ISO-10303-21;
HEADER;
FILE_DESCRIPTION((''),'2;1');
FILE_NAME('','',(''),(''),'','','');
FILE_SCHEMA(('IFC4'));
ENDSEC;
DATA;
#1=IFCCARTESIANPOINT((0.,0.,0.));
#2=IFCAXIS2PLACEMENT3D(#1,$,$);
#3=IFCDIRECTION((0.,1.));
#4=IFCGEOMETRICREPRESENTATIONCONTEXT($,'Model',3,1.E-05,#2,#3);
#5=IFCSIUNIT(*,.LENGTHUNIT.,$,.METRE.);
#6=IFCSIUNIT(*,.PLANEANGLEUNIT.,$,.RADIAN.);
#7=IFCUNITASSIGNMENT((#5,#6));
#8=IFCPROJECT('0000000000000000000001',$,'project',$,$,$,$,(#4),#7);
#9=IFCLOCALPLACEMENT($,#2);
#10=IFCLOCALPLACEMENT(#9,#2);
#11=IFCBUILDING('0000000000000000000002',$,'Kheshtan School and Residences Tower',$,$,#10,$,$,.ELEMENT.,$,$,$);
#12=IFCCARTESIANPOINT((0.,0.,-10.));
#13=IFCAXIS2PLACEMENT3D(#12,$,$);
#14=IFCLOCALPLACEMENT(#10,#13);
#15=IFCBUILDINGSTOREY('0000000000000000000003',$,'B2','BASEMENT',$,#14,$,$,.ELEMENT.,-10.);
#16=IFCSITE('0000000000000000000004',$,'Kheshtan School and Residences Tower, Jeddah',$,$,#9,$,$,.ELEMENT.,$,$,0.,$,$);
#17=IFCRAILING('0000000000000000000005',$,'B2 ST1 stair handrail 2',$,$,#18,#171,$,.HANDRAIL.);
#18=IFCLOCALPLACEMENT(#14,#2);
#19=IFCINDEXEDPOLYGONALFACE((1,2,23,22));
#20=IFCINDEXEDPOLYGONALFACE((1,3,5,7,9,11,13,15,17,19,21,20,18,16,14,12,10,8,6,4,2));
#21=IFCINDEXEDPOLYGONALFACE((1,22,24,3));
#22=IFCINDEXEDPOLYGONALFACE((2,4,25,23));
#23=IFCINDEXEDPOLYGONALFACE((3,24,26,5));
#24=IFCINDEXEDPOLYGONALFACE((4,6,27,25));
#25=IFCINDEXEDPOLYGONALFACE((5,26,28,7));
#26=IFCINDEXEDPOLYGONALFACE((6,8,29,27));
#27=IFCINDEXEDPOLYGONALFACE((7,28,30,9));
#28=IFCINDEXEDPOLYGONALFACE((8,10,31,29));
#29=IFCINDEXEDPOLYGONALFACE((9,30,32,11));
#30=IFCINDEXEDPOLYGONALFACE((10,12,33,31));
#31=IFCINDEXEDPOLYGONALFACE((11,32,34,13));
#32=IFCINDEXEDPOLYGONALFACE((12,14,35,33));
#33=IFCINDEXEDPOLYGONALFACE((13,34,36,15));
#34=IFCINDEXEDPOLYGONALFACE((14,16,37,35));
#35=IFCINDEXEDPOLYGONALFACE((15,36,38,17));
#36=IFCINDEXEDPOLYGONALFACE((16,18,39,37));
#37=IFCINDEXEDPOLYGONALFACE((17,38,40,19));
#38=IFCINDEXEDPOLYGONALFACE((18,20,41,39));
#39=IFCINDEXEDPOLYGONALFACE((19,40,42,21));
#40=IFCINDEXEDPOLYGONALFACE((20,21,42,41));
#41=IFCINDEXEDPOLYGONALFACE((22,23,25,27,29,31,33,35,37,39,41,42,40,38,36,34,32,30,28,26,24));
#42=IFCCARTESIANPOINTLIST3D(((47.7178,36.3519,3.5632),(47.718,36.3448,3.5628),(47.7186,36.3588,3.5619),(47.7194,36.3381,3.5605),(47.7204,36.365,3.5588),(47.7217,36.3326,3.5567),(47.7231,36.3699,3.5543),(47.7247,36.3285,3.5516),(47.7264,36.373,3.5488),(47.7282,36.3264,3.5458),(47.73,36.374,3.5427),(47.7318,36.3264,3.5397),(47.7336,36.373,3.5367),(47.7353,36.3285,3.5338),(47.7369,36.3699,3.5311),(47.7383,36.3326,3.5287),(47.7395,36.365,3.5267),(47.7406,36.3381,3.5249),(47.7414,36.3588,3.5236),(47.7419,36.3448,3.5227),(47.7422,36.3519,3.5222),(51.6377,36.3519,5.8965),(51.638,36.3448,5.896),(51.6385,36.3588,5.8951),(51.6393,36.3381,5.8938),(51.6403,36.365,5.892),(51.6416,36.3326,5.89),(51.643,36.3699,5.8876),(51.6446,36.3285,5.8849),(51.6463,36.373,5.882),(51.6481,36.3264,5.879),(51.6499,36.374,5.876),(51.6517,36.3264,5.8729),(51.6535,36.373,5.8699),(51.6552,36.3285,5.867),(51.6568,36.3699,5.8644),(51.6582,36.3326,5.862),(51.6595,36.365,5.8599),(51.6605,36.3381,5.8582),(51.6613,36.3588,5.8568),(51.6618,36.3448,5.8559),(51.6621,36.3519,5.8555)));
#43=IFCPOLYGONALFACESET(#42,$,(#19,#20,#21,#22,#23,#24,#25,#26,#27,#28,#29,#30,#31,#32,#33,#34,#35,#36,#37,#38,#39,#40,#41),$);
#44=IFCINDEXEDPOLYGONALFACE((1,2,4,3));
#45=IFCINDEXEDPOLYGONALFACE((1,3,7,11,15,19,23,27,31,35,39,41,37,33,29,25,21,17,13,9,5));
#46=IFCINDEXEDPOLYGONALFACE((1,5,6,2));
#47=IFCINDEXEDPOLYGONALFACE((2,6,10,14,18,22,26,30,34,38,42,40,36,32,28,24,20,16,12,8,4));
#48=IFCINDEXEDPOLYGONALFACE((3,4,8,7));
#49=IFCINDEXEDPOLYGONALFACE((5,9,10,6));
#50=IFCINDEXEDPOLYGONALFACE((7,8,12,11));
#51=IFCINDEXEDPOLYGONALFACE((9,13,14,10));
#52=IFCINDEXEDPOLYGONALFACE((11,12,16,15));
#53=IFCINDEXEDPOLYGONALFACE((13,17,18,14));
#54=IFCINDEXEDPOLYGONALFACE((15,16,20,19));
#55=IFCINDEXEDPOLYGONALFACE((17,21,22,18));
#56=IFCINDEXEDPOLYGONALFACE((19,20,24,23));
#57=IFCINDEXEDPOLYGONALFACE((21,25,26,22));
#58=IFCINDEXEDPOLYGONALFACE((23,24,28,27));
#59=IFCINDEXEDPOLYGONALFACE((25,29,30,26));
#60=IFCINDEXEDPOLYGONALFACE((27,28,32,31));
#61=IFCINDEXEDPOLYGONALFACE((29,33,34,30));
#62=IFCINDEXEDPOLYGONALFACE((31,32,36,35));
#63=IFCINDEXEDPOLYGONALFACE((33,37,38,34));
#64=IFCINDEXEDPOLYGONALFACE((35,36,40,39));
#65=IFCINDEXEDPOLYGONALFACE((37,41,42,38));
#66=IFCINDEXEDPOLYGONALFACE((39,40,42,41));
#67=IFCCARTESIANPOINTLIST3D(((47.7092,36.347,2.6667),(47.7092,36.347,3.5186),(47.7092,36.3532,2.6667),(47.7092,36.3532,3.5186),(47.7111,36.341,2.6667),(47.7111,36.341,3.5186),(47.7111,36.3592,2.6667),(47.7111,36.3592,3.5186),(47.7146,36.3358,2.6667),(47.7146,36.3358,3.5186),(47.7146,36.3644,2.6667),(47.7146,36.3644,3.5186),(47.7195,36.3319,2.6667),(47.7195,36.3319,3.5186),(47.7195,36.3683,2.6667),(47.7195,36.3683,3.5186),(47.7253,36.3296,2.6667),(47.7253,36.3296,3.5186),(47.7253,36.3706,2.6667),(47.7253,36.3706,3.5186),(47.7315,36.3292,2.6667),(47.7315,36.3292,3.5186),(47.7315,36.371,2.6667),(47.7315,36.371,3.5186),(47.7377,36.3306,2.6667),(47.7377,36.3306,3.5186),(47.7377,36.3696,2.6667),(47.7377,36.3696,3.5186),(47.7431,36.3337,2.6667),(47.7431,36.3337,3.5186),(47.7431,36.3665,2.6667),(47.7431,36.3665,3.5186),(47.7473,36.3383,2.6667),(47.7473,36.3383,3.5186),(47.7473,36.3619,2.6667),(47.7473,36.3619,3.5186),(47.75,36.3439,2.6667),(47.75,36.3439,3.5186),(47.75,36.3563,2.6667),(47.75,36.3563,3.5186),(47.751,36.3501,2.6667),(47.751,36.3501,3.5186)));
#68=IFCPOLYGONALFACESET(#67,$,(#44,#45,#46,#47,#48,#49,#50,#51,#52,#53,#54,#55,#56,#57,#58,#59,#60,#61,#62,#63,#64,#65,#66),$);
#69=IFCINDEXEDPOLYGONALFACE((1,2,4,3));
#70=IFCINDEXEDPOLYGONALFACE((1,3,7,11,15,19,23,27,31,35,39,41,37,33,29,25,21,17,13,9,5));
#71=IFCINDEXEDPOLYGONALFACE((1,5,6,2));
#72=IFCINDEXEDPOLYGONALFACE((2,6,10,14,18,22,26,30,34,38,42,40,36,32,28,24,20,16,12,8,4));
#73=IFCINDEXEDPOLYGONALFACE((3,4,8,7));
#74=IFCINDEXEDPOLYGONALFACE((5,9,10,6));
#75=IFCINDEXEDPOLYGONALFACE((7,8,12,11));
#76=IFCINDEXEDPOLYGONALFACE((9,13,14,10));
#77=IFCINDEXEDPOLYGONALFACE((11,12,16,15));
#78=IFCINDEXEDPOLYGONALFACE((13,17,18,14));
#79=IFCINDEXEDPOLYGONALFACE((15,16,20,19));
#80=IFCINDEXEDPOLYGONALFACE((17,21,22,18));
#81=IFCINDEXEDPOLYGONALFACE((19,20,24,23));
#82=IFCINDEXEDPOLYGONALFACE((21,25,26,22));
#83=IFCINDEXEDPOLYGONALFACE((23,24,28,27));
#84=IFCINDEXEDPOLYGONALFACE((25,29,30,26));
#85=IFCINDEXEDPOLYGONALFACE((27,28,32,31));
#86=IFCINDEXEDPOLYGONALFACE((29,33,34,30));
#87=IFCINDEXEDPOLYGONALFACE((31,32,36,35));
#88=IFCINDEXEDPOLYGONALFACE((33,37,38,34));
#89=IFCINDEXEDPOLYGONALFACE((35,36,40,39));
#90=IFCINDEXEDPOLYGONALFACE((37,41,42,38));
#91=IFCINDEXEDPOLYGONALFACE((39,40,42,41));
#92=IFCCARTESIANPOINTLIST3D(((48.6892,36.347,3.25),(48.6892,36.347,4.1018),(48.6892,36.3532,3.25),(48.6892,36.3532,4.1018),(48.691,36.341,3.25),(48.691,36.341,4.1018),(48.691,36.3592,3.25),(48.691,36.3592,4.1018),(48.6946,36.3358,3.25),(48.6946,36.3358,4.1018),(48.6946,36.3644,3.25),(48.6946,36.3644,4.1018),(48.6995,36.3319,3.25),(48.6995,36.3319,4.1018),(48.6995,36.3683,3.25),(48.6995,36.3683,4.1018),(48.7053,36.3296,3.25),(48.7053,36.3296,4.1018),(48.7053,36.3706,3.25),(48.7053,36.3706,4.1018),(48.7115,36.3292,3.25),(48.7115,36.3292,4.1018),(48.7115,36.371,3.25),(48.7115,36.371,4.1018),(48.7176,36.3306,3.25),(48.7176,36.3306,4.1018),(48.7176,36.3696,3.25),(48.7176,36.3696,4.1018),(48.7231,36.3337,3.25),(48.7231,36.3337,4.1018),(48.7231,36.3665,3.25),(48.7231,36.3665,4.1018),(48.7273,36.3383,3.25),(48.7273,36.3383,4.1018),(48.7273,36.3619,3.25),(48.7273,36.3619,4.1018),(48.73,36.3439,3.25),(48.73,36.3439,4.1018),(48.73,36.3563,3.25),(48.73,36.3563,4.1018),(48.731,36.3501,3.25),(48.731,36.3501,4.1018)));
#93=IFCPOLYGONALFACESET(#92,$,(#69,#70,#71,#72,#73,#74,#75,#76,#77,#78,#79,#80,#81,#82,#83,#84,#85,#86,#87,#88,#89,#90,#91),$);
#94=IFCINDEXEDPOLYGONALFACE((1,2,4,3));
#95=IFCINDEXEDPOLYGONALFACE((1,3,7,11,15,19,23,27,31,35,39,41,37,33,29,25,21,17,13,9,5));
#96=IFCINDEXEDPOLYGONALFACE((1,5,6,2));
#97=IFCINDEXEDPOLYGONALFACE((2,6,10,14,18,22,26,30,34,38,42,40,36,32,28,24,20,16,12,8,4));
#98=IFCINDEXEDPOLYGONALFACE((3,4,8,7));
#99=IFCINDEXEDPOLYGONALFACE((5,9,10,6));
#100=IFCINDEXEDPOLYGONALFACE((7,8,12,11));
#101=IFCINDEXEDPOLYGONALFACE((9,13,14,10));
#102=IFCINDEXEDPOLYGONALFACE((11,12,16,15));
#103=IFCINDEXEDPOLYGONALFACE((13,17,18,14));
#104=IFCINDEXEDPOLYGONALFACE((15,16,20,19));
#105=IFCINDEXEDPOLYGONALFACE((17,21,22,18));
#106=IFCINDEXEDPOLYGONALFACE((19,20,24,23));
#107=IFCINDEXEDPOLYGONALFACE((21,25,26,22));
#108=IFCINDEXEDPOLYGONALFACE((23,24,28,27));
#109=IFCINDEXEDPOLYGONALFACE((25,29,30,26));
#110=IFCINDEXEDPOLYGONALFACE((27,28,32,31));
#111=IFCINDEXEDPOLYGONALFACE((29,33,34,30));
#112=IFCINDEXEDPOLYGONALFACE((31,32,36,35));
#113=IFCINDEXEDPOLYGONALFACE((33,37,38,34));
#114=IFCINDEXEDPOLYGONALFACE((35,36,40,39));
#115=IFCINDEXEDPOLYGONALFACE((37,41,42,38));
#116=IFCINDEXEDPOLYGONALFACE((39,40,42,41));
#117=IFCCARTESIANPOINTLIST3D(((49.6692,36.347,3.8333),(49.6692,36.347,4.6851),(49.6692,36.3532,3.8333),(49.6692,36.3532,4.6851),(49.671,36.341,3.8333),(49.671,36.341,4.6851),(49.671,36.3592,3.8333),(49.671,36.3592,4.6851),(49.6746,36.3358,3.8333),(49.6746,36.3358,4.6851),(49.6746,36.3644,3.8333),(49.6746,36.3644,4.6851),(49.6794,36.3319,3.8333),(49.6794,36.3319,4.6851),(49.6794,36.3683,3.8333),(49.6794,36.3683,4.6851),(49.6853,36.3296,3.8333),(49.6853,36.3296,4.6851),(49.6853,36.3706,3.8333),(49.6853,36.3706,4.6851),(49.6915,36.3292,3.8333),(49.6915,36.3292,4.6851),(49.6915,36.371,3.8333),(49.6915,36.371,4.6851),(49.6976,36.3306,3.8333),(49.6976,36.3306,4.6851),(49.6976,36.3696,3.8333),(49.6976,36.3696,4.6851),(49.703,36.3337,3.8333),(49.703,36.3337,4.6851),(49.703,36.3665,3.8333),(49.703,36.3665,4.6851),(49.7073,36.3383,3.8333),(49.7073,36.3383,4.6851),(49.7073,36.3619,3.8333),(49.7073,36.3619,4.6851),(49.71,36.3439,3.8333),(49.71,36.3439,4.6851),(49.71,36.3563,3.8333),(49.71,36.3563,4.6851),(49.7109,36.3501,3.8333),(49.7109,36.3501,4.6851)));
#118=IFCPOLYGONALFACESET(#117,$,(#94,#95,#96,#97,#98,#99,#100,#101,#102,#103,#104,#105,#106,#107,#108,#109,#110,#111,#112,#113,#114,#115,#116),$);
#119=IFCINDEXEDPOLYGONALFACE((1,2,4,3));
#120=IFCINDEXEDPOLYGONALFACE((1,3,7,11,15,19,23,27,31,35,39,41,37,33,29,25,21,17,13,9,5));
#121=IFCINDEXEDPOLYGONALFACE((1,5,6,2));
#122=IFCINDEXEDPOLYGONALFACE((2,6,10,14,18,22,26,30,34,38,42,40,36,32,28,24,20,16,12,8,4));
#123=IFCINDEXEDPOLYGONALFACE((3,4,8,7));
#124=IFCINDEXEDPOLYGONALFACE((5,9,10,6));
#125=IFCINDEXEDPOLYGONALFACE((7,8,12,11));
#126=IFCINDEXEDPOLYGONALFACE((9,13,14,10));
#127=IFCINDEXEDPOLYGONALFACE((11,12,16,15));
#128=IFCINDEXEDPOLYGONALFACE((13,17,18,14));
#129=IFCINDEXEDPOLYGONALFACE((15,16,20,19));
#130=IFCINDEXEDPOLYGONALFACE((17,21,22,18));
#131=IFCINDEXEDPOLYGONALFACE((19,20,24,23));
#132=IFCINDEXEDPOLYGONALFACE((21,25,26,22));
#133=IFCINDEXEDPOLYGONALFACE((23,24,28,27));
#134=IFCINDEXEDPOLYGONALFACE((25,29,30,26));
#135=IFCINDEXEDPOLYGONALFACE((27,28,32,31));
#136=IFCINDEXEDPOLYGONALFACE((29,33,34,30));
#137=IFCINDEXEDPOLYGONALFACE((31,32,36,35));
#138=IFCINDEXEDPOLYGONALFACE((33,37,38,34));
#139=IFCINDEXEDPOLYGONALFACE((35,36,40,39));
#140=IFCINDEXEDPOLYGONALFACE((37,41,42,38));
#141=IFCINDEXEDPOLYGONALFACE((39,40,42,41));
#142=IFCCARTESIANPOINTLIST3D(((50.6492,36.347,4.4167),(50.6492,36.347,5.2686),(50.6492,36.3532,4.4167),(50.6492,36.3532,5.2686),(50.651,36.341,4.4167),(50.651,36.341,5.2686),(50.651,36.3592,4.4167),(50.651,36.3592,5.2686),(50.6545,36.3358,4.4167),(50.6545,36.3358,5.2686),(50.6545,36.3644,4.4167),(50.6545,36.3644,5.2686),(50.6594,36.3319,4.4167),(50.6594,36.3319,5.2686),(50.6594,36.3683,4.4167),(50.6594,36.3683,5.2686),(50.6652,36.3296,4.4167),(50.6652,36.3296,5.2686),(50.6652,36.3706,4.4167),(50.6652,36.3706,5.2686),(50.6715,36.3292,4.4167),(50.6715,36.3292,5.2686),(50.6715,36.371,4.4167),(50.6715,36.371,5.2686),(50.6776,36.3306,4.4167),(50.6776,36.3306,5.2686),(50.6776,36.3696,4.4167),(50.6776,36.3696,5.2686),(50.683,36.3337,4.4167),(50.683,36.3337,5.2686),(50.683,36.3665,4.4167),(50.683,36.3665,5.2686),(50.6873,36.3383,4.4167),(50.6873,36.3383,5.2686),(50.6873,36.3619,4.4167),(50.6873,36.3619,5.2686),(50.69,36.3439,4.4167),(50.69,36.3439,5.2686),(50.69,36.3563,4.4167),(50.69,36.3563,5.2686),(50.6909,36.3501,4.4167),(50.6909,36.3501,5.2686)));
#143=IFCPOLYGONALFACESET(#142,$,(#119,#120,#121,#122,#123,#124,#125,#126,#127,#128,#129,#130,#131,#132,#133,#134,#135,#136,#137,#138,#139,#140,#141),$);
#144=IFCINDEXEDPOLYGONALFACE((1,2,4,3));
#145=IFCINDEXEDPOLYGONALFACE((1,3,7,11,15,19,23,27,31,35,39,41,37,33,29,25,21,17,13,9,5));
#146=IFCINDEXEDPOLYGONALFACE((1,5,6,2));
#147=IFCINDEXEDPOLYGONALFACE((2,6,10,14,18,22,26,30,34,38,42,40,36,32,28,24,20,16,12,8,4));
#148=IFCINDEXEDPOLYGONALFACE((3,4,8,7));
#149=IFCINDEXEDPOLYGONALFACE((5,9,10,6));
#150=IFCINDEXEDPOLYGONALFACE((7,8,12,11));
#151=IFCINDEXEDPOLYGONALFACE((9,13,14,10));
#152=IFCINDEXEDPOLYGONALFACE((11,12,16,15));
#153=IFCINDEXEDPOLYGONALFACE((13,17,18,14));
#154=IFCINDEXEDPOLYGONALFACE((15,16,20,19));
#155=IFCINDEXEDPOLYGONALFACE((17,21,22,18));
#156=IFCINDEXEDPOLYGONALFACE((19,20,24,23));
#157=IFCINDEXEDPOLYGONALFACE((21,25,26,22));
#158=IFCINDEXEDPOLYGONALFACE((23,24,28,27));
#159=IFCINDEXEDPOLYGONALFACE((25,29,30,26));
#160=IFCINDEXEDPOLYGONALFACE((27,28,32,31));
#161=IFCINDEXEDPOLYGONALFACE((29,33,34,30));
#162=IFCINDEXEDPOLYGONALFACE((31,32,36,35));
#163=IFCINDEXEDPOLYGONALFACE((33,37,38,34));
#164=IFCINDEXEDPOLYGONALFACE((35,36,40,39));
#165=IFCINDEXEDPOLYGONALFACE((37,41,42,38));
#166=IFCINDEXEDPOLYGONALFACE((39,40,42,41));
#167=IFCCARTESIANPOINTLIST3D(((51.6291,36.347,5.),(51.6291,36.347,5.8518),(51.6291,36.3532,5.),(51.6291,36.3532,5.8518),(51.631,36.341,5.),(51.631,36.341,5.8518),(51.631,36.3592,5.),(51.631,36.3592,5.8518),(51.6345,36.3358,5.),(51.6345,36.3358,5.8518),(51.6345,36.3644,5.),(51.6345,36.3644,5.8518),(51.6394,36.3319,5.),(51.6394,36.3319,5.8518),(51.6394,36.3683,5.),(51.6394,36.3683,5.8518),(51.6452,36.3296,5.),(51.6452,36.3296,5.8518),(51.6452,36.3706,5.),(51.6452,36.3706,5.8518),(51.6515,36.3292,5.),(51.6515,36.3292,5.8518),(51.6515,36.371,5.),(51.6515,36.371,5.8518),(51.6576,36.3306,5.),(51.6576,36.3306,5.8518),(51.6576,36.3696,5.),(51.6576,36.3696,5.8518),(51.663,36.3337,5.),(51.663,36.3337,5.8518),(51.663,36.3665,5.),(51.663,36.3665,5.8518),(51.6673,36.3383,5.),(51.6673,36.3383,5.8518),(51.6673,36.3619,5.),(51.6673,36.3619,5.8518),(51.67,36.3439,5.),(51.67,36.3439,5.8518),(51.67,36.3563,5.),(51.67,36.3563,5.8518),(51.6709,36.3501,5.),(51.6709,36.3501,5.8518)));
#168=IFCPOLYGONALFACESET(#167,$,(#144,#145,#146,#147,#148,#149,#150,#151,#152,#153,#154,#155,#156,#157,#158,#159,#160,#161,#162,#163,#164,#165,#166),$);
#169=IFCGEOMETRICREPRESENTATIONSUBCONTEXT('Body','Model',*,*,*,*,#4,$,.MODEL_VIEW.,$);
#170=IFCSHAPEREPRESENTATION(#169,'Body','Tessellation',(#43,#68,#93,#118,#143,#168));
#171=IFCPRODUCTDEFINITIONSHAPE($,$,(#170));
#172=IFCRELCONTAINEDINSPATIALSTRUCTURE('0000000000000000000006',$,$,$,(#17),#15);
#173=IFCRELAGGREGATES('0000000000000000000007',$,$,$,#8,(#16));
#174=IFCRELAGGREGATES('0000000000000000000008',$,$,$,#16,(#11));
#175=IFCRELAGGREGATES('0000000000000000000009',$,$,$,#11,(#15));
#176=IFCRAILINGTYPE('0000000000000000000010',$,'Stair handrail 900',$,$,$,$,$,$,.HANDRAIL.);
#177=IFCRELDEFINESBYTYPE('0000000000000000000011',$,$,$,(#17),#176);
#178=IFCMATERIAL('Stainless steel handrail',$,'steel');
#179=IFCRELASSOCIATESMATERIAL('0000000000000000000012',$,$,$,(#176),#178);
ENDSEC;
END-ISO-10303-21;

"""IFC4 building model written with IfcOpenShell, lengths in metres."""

from ifc_helpers import new_model, si_unit, direction, frame, origin, origin_2d, place, context, subcontext, project, spatial, circle, extrude, material, type_object, element, save


model = new_model("IFC4")

# Units and contexts
model_context = context("Model", 3, precision=1e-05, world=origin(), true_north=direction((0.0, 1.0)))
body_context = subcontext(model_context, "Body", "Model", "MODEL_VIEW")
ifc_project = project(units=[si_unit("LENGTHUNIT", "METRE"), si_unit("PLANEANGLEUNIT", "RADIAN")], contexts=[model_context])

# Site, building, storey
site_placement = place(None, origin())
site = spatial("IfcSite", under=ifc_project, at=site_placement, Name="Kheshtan School and Residences Tower, Jeddah", CompositionType="ELEMENT", RefElevation=0.0)
building_placement = place(site_placement, origin())
building = spatial("IfcBuilding", under=site, at=building_placement, Name="Kheshtan School and Residences Tower", CompositionType="ELEMENT")
storey_placement = place(building_placement, frame((0.0, 0.0, -10.0)))
storey = spatial("IfcBuildingStorey", under=building, at=storey_placement, Name="B2", Description="BASEMENT", CompositionType="ELEMENT", Elevation=-10.0)

# Railing
ifc_material_1 = material(Name="Stainless steel handrail", Category="steel")
railing_type_1 = type_object("IfcRailingType", Name="Stair handrail 900", PredefinedType="HANDRAIL", material=ifc_material_1)
railing_1_placement = place(storey_placement, frame((47.73, 36.3501, 2.6667)))
element("IfcRailing", 1, at=railing_1_placement, inside=storey, type_object=railing_type_1, Name="B2 ST1 stair handrail 2", PredefinedType="HANDRAIL", context=body_context, shape_type="SweptSolid", body=[
    extrude(circle(Radius=0.0239, at=origin_2d()), frame((0.0, 0.0, 0.876), z_axis=(0.859296, 0.0, 0.511478), x_axis=(0.0, 1.0, 0.0)), (0.0, 0.0, 1.0), 4.5618),
    extrude(circle(Radius=0.021, at=origin_2d()), origin(), (0.0, 0.0, 1.0), 0.8518),
    extrude(circle(Radius=0.021, at=origin_2d()), frame((0.98, 0.0, 0.5833)), (0.0, 0.0, 1.0), 0.8518),
    extrude(circle(Radius=0.021, at=origin_2d()), frame((1.96, 0.0, 1.1665)), (0.0, 0.0, 1.0), 0.8518),
    extrude(circle(Radius=0.021, at=origin_2d()), frame((2.9399, 0.0, 1.75)), (0.0, 0.0, 1.0), 0.8518),
    extrude(circle(Radius=0.021, at=origin_2d()), frame((3.9199, 0.0, 2.3333)), (0.0, 0.0, 1.0), 0.8518),
])

save(model, "model.ifc")
